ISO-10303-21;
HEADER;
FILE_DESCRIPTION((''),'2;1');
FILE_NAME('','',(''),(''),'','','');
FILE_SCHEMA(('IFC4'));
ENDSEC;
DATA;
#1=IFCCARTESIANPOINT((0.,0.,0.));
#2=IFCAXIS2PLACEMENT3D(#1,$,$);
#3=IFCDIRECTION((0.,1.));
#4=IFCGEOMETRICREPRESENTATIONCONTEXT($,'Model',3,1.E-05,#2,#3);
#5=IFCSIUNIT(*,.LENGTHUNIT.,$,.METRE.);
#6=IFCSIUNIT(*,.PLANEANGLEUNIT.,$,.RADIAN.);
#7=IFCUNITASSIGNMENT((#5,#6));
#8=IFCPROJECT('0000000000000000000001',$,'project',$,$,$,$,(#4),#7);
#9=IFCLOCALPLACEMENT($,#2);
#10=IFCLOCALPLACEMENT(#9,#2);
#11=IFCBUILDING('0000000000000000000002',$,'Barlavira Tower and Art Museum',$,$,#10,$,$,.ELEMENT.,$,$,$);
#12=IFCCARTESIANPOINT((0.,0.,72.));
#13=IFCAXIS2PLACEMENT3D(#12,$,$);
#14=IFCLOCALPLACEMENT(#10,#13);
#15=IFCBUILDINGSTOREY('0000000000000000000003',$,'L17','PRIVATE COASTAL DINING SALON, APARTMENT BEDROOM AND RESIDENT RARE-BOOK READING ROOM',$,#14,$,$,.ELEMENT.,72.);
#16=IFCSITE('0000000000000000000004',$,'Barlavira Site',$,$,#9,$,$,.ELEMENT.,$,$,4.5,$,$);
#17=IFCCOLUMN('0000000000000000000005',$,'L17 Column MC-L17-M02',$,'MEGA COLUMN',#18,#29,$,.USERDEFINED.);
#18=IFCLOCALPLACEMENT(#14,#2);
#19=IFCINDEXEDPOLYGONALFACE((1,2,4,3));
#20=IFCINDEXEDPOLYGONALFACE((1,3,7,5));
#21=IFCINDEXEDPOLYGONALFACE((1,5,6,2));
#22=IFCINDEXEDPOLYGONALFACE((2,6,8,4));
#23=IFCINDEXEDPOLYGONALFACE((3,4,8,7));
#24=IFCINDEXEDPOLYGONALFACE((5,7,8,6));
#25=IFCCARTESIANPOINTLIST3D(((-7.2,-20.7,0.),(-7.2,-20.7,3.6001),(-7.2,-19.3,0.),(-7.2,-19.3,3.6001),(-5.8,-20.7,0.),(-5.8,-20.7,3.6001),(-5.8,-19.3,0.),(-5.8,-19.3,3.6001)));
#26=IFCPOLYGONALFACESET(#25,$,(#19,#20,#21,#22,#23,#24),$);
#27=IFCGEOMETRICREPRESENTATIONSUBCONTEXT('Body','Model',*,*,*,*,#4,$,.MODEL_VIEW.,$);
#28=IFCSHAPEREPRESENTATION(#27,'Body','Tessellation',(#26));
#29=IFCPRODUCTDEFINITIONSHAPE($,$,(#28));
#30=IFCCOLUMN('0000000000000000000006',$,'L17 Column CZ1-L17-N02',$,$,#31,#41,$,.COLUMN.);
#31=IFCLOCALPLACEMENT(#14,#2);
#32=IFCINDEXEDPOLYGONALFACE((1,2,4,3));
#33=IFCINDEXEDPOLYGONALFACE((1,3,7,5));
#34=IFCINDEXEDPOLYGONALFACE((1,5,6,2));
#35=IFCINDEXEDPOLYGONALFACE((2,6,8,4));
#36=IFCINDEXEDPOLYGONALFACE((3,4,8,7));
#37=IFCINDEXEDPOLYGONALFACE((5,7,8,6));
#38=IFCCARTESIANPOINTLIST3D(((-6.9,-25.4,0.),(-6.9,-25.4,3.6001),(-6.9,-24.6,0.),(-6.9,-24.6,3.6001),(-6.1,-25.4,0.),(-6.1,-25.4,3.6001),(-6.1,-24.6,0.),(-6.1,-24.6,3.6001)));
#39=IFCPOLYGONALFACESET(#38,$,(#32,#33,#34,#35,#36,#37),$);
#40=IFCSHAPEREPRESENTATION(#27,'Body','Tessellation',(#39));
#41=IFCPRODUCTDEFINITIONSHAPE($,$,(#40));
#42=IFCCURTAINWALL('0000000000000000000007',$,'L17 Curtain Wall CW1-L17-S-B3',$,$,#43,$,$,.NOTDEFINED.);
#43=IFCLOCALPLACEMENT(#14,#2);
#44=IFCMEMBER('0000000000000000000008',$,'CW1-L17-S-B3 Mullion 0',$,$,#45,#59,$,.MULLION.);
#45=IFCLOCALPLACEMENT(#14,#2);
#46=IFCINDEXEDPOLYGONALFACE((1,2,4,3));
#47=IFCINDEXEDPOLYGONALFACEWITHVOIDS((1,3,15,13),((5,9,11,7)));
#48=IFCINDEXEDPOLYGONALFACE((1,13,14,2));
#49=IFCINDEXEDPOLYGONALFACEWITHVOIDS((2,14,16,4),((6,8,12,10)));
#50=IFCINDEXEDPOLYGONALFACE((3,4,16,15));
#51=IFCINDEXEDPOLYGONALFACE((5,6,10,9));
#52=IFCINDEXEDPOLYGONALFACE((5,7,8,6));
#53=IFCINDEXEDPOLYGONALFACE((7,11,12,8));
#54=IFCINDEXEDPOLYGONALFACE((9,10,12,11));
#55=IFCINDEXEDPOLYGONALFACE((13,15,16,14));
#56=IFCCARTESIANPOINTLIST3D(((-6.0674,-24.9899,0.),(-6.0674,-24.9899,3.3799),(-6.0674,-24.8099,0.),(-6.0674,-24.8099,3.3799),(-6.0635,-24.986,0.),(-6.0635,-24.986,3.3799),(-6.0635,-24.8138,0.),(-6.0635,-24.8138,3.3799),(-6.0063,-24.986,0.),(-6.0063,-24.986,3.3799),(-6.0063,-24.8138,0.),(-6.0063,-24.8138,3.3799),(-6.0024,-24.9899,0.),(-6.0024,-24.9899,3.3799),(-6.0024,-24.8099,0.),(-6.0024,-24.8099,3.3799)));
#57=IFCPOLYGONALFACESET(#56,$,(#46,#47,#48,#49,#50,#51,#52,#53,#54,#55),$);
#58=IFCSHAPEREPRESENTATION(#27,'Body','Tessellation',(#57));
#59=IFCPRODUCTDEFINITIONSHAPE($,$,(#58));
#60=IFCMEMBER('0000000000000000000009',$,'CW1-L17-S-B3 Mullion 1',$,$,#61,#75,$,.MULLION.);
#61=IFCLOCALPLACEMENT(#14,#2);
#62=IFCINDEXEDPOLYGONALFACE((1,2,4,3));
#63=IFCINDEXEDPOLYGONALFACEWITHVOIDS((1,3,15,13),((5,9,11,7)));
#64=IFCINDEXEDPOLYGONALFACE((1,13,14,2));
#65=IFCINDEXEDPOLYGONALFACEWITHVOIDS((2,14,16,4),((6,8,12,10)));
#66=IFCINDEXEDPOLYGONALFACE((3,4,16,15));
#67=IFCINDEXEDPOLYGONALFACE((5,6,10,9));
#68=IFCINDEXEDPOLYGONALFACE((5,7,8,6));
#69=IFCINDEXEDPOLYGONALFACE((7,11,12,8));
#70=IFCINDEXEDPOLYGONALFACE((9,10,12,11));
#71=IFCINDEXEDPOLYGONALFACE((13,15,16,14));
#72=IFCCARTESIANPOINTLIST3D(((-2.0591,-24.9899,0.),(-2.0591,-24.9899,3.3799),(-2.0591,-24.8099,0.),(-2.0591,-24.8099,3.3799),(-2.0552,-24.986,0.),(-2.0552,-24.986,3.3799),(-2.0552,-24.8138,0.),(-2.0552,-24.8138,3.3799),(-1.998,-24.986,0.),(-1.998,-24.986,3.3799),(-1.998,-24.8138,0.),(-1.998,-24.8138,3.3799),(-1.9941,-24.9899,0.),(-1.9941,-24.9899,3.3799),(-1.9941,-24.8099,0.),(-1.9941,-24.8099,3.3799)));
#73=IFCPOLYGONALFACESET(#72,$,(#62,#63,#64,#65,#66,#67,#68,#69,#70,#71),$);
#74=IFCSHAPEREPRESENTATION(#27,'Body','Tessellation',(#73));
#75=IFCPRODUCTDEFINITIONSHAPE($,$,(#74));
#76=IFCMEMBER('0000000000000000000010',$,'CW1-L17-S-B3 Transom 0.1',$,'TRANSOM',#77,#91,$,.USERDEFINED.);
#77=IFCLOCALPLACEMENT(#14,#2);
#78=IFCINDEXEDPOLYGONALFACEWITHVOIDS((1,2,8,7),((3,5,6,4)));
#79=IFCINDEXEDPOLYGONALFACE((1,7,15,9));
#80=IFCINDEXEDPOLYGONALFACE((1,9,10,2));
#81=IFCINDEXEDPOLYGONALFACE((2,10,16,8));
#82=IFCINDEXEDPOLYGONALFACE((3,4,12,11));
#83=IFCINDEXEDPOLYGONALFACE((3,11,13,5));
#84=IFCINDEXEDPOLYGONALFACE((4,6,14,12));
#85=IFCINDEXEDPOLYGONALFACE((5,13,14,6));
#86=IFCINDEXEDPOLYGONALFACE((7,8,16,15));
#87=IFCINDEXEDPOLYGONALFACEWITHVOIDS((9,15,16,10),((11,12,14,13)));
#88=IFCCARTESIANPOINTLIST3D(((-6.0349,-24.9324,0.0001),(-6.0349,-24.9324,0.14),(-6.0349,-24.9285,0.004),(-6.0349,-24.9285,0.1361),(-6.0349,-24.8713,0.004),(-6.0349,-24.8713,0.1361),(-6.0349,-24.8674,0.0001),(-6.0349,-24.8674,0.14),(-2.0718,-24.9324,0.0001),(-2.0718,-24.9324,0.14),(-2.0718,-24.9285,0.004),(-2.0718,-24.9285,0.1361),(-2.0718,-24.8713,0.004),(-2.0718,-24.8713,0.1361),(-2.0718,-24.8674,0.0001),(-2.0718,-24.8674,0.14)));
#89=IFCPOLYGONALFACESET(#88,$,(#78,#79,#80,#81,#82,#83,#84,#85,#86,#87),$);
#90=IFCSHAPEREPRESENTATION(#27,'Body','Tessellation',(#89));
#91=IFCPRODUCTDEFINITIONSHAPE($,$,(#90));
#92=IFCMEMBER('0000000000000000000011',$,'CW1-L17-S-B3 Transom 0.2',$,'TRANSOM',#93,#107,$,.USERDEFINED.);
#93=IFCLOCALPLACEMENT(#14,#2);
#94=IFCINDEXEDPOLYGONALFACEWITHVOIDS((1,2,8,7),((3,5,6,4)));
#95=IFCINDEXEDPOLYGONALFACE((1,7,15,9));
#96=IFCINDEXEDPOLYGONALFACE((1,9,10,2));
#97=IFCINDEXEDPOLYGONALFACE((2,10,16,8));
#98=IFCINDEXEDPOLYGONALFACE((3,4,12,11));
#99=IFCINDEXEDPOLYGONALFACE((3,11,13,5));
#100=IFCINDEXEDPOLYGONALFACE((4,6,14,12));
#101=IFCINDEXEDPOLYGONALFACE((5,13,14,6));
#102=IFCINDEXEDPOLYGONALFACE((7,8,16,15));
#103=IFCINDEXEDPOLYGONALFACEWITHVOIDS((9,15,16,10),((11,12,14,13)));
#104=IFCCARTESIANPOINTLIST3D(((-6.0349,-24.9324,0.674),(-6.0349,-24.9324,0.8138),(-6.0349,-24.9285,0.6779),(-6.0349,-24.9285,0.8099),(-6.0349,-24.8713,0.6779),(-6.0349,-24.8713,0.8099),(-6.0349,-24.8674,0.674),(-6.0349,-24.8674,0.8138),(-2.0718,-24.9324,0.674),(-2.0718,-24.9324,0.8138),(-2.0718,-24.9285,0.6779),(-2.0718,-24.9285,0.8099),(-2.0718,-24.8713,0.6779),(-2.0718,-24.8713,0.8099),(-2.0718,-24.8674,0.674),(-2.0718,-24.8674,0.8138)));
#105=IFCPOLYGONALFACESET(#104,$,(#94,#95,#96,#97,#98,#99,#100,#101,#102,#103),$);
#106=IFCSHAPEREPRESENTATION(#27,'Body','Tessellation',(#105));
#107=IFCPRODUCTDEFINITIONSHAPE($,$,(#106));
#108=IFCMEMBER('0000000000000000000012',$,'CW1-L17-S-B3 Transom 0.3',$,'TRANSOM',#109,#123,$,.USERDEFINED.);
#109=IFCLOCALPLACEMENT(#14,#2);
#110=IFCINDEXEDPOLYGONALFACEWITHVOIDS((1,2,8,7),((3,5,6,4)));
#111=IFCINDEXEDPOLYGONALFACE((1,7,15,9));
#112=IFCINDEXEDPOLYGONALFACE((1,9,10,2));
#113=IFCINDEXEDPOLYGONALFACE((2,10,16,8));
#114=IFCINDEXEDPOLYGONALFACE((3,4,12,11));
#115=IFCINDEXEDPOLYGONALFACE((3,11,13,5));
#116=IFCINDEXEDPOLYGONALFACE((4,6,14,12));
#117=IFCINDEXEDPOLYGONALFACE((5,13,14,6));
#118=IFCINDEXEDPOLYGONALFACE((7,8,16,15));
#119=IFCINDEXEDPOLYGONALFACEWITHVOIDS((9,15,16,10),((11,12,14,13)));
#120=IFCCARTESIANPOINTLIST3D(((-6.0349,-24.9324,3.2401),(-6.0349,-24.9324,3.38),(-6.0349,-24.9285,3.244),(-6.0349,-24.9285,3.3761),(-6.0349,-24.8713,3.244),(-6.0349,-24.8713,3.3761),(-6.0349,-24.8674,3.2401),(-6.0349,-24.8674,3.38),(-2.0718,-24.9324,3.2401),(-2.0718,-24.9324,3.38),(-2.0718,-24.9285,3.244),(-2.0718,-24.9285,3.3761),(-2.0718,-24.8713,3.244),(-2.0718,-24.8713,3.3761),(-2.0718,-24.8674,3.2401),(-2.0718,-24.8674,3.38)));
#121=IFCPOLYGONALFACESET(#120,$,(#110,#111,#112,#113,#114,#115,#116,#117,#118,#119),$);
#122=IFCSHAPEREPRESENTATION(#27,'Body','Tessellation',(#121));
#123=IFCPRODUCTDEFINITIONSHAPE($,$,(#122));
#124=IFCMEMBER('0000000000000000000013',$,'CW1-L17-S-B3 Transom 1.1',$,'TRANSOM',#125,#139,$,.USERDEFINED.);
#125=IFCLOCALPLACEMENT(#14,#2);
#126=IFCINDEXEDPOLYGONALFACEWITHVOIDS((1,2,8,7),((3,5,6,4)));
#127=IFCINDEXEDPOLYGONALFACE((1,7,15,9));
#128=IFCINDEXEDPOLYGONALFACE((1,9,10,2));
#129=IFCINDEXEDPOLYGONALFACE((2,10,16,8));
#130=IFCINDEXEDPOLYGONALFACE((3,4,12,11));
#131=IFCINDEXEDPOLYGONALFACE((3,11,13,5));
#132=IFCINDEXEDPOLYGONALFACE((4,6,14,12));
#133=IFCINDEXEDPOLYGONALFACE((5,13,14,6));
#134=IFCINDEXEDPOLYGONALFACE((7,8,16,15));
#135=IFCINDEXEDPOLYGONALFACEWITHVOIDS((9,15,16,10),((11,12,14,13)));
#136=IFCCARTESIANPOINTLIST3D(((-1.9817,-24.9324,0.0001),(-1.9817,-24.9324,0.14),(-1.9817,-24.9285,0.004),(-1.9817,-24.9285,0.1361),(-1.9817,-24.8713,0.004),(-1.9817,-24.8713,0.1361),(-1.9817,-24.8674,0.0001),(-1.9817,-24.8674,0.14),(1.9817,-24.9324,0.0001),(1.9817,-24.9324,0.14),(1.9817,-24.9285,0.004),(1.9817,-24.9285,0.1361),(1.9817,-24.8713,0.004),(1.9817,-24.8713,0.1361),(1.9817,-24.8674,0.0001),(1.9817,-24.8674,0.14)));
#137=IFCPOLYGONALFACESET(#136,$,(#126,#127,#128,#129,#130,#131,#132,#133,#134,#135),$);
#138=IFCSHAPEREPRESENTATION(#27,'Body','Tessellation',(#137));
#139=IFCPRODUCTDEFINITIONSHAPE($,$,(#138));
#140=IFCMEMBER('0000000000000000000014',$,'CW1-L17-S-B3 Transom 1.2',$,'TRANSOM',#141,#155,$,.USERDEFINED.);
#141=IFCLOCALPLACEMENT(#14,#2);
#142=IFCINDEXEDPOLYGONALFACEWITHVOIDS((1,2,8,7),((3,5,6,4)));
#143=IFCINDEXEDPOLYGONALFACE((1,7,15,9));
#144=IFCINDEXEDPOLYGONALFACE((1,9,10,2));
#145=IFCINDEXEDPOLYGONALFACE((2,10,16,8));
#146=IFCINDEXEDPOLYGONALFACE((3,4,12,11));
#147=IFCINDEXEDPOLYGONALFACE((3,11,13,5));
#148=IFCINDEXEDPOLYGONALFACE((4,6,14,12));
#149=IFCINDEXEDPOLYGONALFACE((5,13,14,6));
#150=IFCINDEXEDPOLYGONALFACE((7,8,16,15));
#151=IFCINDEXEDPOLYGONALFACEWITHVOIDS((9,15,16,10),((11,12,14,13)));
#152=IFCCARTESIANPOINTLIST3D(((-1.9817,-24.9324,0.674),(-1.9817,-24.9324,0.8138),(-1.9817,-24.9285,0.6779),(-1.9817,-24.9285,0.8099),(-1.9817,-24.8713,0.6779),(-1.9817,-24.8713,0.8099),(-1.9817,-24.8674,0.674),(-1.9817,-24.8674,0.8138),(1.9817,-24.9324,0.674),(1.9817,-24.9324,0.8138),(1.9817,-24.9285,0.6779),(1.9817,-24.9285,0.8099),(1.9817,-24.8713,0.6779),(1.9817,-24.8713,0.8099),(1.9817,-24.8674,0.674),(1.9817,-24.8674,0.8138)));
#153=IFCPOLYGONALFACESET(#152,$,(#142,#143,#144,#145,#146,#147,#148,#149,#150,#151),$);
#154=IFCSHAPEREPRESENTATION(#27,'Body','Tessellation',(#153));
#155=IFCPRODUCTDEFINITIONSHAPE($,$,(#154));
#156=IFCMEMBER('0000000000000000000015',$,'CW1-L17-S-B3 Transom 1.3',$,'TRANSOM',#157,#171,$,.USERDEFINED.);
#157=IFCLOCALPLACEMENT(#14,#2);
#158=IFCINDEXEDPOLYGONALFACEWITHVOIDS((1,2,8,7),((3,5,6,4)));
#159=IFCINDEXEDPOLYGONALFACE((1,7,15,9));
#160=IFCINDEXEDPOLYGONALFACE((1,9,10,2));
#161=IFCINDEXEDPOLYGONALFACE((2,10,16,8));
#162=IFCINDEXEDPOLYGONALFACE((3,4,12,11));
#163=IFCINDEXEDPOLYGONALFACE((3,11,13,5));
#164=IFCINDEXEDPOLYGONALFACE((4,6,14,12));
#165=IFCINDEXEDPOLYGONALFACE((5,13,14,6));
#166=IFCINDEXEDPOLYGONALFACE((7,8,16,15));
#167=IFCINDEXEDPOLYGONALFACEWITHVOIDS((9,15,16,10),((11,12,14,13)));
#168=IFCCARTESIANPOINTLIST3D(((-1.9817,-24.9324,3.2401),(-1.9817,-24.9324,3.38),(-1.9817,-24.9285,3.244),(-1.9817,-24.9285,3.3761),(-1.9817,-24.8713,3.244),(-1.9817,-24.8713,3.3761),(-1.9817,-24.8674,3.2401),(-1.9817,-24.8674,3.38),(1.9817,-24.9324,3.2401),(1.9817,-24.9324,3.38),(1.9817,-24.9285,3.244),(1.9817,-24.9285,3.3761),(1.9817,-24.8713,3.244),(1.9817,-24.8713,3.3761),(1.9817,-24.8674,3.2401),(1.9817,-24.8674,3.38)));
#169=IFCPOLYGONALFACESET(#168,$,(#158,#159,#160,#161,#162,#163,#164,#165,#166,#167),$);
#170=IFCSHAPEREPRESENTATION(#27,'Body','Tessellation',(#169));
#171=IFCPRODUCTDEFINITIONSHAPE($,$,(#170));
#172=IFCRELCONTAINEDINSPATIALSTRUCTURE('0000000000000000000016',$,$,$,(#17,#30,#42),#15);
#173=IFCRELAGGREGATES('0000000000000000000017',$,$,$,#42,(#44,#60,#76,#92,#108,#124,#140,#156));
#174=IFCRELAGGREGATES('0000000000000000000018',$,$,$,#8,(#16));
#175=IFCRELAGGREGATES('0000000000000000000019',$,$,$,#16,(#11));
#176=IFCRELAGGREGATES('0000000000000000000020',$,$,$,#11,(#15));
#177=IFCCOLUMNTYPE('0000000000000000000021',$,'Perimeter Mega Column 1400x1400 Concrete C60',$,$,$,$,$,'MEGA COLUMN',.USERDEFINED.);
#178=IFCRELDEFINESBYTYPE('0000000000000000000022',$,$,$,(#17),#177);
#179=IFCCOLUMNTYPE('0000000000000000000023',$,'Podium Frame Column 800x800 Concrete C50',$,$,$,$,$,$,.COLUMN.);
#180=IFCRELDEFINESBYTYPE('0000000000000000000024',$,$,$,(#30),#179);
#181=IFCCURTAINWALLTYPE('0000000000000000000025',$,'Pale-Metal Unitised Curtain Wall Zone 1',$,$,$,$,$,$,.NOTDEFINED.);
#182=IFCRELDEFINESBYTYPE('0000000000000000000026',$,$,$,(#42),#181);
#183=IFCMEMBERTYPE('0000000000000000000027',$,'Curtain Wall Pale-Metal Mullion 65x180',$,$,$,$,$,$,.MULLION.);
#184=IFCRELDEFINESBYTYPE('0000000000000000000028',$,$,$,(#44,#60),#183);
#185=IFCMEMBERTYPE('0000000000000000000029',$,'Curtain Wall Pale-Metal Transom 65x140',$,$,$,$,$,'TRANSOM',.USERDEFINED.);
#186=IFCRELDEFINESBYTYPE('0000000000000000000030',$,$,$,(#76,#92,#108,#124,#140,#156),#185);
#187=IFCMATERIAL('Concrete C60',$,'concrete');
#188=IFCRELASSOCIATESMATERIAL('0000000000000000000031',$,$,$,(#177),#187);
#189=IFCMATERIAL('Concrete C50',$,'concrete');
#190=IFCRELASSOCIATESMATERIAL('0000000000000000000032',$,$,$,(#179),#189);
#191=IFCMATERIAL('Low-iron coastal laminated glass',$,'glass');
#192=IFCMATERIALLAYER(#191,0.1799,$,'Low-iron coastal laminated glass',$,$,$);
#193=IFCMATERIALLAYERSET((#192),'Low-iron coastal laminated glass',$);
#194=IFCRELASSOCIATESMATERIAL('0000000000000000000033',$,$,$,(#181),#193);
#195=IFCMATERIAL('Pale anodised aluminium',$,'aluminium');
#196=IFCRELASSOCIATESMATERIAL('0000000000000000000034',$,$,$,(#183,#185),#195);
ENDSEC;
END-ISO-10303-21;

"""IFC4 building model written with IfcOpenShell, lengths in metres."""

from ifc_helpers import new_model, si_unit, direction, frame, origin, origin_2d, place, context, subcontext, project, spatial, rectangle, hollow_rectangle, extrude, material, layer, layer_set, material_profile, profile_set, type_object, element, aggregate, save


model = new_model("IFC4")

# Units and contexts
model_context = context("Model", 3, precision=1e-05, world=origin(), true_north=direction((0.0, 1.0)))
body_context = subcontext(model_context, "Body", "Model", "MODEL_VIEW")
ifc_project = project(units=[si_unit("LENGTHUNIT", "METRE"), si_unit("PLANEANGLEUNIT", "RADIAN")], contexts=[model_context])

# Site, building, storey
site_placement = place(None, origin())
site = spatial("IfcSite", under=ifc_project, at=site_placement, Name="Barlavira Site", CompositionType="ELEMENT", RefElevation=4.5)
building_placement = place(site_placement, origin())
building = spatial("IfcBuilding", under=site, at=building_placement, Name="Barlavira Tower and Art Museum", CompositionType="ELEMENT")
storey_placement = place(building_placement, frame((0.0, 0.0, 72.0)))
storey = spatial("IfcBuildingStorey", under=building, at=storey_placement, Name="L17", Description="PRIVATE COASTAL DINING SALON, APARTMENT BEDROOM AND RESIDENT RARE-BOOK READING ROOM", CompositionType="ELEMENT", Elevation=72.0)

# Columns
ifc_material_1 = material(Name="Concrete C60", Category="concrete")
ifc_material_profile_1 = material_profile(ifc_material_1, rectangle(XDim=1.3999, YDim=1.3999, at=origin_2d()), Name="RC-MCOL 1400x1400")
ifc_profile_set_1 = profile_set([ifc_material_profile_1], Name="Concrete C60")
column_type_1 = type_object("IfcColumnType", Name="Perimeter Mega Column 1400x1400 Concrete C60", ElementType="MEGA COLUMN", PredefinedType="USERDEFINED", material=ifc_profile_set_1)
column_1_placement = place(storey_placement, frame((-6.5, -20.0, 0.0), z_axis=(0.0, 0.0, 1.0), x_axis=(1.0, 0.0, 0.0)))
element("IfcColumn", 1, at=column_1_placement, inside=storey, type_object=column_type_1, Name="L17 Column MC-L17-M02", ObjectType="MEGA COLUMN", PredefinedType="USERDEFINED", context=body_context, shape_type="SweptSolid", body=[
    extrude(rectangle(XDim=1.3999, YDim=1.3999, at=origin_2d()), origin(), (0.0, 0.0, 1.0), 3.6001),
])
ifc_material_2 = material(Name="Concrete C50", Category="concrete")
ifc_material_profile_2 = material_profile(ifc_material_2, rectangle(XDim=0.8, YDim=0.8, at=origin_2d()), Name="RC-COL 800x800")
ifc_profile_set_2 = profile_set([ifc_material_profile_2], Name="Concrete C50")
column_type_2 = type_object("IfcColumnType", Name="Podium Frame Column 800x800 Concrete C50", PredefinedType="COLUMN", material=ifc_profile_set_2)
column_2_placement = place(storey_placement, frame((-6.5, -25.0, 0.0), z_axis=(0.0, 0.0, 1.0), x_axis=(1.0, 0.0, 0.0)))
element("IfcColumn", 2, at=column_2_placement, inside=storey, type_object=column_type_2, Name="L17 Column CZ1-L17-N02", PredefinedType="COLUMN", context=body_context, shape_type="SweptSolid", body=[
    extrude(rectangle(XDim=0.8, YDim=0.8, at=origin_2d()), origin(), (0.0, 0.0, 1.0), 3.6001),
])

# Curtain wall, members
ifc_material_3 = material(Name="Low-iron coastal laminated glass", Category="glass")
ifc_layer_1 = layer(ifc_material_3, 0.1799, Name="Low-iron coastal laminated glass")
ifc_layer_set_1 = layer_set([ifc_layer_1], Name="Low-iron coastal laminated glass")
curtain_wall_type = type_object("IfcCurtainWallType", Name="Pale-Metal Unitised Curtain Wall Zone 1", PredefinedType="NOTDEFINED", material=ifc_layer_set_1)
curtain_wall_placement = place(storey_placement, origin())
curtain_wall = element("IfcCurtainWall", 3, at=curtain_wall_placement, inside=storey, type_object=curtain_wall_type, Name="L17 Curtain Wall CW1-L17-S-B3", PredefinedType="NOTDEFINED")
ifc_material_4 = material(Name="Pale anodised aluminium", Category="aluminium")
ifc_material_profile_3 = material_profile(ifc_material_4, hollow_rectangle(XDim=0.0649, YDim=0.1799, WallThickness=0.0039, at=origin_2d()), Name="ALU-MULL 65x180x4")
ifc_profile_set_3 = profile_set([ifc_material_profile_3], Name="Pale anodised aluminium")
member_type_1 = type_object("IfcMemberType", Name="Curtain Wall Pale-Metal Mullion 65x180", PredefinedType="MULLION", material=ifc_profile_set_3)
member_1_placement = place(storey_placement, frame((-6.0349, -24.8999, 0.0), z_axis=(0.0, 0.0, 1.0), x_axis=(1.0, 0.0, 0.0)))
member_1 = element("IfcMember", 4, at=member_1_placement, type_object=member_type_1, Name="CW1-L17-S-B3 Mullion 0", PredefinedType="MULLION", context=body_context, shape_type="SweptSolid", body=[
    extrude(hollow_rectangle(XDim=0.0649, YDim=0.1799, WallThickness=0.0039, at=origin_2d()), origin(), (0.0, 0.0, 1.0), 3.3799),
])
member_2_placement = place(storey_placement, frame((-2.0266, -24.8999, 0.0), z_axis=(0.0, 0.0, 1.0), x_axis=(1.0, 0.0, 0.0)))
member_2 = element("IfcMember", 5, at=member_2_placement, type_object=member_type_1, Name="CW1-L17-S-B3 Mullion 1", PredefinedType="MULLION", context=body_context, shape_type="SweptSolid", body=[
    extrude(hollow_rectangle(XDim=0.0649, YDim=0.1799, WallThickness=0.0039, at=origin_2d()), origin(), (0.0, 0.0, 1.0), 3.3799),
])
ifc_material_profile_4 = material_profile(ifc_material_4, hollow_rectangle(XDim=0.0649, YDim=0.1399, WallThickness=0.0039, at=origin_2d()), Name="ALU-TRAN 65x140x4")
ifc_profile_set_4 = profile_set([ifc_material_profile_4], Name="Pale anodised aluminium")
member_type_2 = type_object("IfcMemberType", Name="Curtain Wall Pale-Metal Transom 65x140", ElementType="TRANSOM", PredefinedType="USERDEFINED", material=ifc_profile_set_4)
member_3_placement = place(storey_placement, frame((-6.0349, -24.8999, 0.0701), z_axis=(1.0, 0.0, 0.0), x_axis=(0.0, 1.0, 0.0)))
member_3 = element("IfcMember", 6, at=member_3_placement, type_object=member_type_2, Name="CW1-L17-S-B3 Transom 0.1", ObjectType="TRANSOM", PredefinedType="USERDEFINED", context=body_context, shape_type="SweptSolid", body=[
    extrude(hollow_rectangle(XDim=0.0649, YDim=0.1399, WallThickness=0.0039, at=origin_2d()), origin(), (0.0, 0.0, 1.0), 3.9631),
])
member_4_placement = place(storey_placement, frame((-6.0349, -24.8999, 0.7439), z_axis=(1.0, 0.0, 0.0), x_axis=(0.0, 1.0, 0.0)))
member_4 = element("IfcMember", 7, at=member_4_placement, type_object=member_type_2, Name="CW1-L17-S-B3 Transom 0.2", ObjectType="TRANSOM", PredefinedType="USERDEFINED", context=body_context, shape_type="SweptSolid", body=[
    extrude(hollow_rectangle(XDim=0.0649, YDim=0.1399, WallThickness=0.0039, at=origin_2d()), origin(), (0.0, 0.0, 1.0), 3.9631),
])
member_5_placement = place(storey_placement, frame((-6.0349, -24.8999, 3.3101), z_axis=(1.0, 0.0, 0.0), x_axis=(0.0, 1.0, 0.0)))
member_5 = element("IfcMember", 8, at=member_5_placement, type_object=member_type_2, Name="CW1-L17-S-B3 Transom 0.3", ObjectType="TRANSOM", PredefinedType="USERDEFINED", context=body_context, shape_type="SweptSolid", body=[
    extrude(hollow_rectangle(XDim=0.0649, YDim=0.1399, WallThickness=0.0039, at=origin_2d()), origin(), (0.0, 0.0, 1.0), 3.9631),
])
member_6_placement = place(storey_placement, frame((-1.9817, -24.8999, 0.0701), z_axis=(1.0, 0.0, 0.0), x_axis=(0.0, 1.0, 0.0)))
member_6 = element("IfcMember", 9, at=member_6_placement, type_object=member_type_2, Name="CW1-L17-S-B3 Transom 1.1", ObjectType="TRANSOM", PredefinedType="USERDEFINED", context=body_context, shape_type="SweptSolid", body=[
    extrude(hollow_rectangle(XDim=0.0649, YDim=0.1399, WallThickness=0.0039, at=origin_2d()), origin(), (0.0, 0.0, 1.0), 3.9634),
])
member_7_placement = place(storey_placement, frame((-1.9817, -24.8999, 0.7439), z_axis=(1.0, 0.0, 0.0), x_axis=(0.0, 1.0, 0.0)))
member_7 = element("IfcMember", 10, at=member_7_placement, type_object=member_type_2, Name="CW1-L17-S-B3 Transom 1.2", ObjectType="TRANSOM", PredefinedType="USERDEFINED", context=body_context, shape_type="SweptSolid", body=[
    extrude(hollow_rectangle(XDim=0.0649, YDim=0.1399, WallThickness=0.0039, at=origin_2d()), origin(), (0.0, 0.0, 1.0), 3.9634),
])
member_8_placement = place(storey_placement, frame((-1.9817, -24.8999, 3.3101), z_axis=(1.0, 0.0, 0.0), x_axis=(0.0, 1.0, 0.0)))
member_8 = element("IfcMember", 11, at=member_8_placement, type_object=member_type_2, Name="CW1-L17-S-B3 Transom 1.3", ObjectType="TRANSOM", PredefinedType="USERDEFINED", context=body_context, shape_type="SweptSolid", body=[
    extrude(hollow_rectangle(XDim=0.0649, YDim=0.1399, WallThickness=0.0039, at=origin_2d()), origin(), (0.0, 0.0, 1.0), 3.9634),
])

aggregate(curtain_wall, [member_1, member_2, member_3, member_4, member_5, member_6, member_7, member_8])

save(model, "model.ifc")
